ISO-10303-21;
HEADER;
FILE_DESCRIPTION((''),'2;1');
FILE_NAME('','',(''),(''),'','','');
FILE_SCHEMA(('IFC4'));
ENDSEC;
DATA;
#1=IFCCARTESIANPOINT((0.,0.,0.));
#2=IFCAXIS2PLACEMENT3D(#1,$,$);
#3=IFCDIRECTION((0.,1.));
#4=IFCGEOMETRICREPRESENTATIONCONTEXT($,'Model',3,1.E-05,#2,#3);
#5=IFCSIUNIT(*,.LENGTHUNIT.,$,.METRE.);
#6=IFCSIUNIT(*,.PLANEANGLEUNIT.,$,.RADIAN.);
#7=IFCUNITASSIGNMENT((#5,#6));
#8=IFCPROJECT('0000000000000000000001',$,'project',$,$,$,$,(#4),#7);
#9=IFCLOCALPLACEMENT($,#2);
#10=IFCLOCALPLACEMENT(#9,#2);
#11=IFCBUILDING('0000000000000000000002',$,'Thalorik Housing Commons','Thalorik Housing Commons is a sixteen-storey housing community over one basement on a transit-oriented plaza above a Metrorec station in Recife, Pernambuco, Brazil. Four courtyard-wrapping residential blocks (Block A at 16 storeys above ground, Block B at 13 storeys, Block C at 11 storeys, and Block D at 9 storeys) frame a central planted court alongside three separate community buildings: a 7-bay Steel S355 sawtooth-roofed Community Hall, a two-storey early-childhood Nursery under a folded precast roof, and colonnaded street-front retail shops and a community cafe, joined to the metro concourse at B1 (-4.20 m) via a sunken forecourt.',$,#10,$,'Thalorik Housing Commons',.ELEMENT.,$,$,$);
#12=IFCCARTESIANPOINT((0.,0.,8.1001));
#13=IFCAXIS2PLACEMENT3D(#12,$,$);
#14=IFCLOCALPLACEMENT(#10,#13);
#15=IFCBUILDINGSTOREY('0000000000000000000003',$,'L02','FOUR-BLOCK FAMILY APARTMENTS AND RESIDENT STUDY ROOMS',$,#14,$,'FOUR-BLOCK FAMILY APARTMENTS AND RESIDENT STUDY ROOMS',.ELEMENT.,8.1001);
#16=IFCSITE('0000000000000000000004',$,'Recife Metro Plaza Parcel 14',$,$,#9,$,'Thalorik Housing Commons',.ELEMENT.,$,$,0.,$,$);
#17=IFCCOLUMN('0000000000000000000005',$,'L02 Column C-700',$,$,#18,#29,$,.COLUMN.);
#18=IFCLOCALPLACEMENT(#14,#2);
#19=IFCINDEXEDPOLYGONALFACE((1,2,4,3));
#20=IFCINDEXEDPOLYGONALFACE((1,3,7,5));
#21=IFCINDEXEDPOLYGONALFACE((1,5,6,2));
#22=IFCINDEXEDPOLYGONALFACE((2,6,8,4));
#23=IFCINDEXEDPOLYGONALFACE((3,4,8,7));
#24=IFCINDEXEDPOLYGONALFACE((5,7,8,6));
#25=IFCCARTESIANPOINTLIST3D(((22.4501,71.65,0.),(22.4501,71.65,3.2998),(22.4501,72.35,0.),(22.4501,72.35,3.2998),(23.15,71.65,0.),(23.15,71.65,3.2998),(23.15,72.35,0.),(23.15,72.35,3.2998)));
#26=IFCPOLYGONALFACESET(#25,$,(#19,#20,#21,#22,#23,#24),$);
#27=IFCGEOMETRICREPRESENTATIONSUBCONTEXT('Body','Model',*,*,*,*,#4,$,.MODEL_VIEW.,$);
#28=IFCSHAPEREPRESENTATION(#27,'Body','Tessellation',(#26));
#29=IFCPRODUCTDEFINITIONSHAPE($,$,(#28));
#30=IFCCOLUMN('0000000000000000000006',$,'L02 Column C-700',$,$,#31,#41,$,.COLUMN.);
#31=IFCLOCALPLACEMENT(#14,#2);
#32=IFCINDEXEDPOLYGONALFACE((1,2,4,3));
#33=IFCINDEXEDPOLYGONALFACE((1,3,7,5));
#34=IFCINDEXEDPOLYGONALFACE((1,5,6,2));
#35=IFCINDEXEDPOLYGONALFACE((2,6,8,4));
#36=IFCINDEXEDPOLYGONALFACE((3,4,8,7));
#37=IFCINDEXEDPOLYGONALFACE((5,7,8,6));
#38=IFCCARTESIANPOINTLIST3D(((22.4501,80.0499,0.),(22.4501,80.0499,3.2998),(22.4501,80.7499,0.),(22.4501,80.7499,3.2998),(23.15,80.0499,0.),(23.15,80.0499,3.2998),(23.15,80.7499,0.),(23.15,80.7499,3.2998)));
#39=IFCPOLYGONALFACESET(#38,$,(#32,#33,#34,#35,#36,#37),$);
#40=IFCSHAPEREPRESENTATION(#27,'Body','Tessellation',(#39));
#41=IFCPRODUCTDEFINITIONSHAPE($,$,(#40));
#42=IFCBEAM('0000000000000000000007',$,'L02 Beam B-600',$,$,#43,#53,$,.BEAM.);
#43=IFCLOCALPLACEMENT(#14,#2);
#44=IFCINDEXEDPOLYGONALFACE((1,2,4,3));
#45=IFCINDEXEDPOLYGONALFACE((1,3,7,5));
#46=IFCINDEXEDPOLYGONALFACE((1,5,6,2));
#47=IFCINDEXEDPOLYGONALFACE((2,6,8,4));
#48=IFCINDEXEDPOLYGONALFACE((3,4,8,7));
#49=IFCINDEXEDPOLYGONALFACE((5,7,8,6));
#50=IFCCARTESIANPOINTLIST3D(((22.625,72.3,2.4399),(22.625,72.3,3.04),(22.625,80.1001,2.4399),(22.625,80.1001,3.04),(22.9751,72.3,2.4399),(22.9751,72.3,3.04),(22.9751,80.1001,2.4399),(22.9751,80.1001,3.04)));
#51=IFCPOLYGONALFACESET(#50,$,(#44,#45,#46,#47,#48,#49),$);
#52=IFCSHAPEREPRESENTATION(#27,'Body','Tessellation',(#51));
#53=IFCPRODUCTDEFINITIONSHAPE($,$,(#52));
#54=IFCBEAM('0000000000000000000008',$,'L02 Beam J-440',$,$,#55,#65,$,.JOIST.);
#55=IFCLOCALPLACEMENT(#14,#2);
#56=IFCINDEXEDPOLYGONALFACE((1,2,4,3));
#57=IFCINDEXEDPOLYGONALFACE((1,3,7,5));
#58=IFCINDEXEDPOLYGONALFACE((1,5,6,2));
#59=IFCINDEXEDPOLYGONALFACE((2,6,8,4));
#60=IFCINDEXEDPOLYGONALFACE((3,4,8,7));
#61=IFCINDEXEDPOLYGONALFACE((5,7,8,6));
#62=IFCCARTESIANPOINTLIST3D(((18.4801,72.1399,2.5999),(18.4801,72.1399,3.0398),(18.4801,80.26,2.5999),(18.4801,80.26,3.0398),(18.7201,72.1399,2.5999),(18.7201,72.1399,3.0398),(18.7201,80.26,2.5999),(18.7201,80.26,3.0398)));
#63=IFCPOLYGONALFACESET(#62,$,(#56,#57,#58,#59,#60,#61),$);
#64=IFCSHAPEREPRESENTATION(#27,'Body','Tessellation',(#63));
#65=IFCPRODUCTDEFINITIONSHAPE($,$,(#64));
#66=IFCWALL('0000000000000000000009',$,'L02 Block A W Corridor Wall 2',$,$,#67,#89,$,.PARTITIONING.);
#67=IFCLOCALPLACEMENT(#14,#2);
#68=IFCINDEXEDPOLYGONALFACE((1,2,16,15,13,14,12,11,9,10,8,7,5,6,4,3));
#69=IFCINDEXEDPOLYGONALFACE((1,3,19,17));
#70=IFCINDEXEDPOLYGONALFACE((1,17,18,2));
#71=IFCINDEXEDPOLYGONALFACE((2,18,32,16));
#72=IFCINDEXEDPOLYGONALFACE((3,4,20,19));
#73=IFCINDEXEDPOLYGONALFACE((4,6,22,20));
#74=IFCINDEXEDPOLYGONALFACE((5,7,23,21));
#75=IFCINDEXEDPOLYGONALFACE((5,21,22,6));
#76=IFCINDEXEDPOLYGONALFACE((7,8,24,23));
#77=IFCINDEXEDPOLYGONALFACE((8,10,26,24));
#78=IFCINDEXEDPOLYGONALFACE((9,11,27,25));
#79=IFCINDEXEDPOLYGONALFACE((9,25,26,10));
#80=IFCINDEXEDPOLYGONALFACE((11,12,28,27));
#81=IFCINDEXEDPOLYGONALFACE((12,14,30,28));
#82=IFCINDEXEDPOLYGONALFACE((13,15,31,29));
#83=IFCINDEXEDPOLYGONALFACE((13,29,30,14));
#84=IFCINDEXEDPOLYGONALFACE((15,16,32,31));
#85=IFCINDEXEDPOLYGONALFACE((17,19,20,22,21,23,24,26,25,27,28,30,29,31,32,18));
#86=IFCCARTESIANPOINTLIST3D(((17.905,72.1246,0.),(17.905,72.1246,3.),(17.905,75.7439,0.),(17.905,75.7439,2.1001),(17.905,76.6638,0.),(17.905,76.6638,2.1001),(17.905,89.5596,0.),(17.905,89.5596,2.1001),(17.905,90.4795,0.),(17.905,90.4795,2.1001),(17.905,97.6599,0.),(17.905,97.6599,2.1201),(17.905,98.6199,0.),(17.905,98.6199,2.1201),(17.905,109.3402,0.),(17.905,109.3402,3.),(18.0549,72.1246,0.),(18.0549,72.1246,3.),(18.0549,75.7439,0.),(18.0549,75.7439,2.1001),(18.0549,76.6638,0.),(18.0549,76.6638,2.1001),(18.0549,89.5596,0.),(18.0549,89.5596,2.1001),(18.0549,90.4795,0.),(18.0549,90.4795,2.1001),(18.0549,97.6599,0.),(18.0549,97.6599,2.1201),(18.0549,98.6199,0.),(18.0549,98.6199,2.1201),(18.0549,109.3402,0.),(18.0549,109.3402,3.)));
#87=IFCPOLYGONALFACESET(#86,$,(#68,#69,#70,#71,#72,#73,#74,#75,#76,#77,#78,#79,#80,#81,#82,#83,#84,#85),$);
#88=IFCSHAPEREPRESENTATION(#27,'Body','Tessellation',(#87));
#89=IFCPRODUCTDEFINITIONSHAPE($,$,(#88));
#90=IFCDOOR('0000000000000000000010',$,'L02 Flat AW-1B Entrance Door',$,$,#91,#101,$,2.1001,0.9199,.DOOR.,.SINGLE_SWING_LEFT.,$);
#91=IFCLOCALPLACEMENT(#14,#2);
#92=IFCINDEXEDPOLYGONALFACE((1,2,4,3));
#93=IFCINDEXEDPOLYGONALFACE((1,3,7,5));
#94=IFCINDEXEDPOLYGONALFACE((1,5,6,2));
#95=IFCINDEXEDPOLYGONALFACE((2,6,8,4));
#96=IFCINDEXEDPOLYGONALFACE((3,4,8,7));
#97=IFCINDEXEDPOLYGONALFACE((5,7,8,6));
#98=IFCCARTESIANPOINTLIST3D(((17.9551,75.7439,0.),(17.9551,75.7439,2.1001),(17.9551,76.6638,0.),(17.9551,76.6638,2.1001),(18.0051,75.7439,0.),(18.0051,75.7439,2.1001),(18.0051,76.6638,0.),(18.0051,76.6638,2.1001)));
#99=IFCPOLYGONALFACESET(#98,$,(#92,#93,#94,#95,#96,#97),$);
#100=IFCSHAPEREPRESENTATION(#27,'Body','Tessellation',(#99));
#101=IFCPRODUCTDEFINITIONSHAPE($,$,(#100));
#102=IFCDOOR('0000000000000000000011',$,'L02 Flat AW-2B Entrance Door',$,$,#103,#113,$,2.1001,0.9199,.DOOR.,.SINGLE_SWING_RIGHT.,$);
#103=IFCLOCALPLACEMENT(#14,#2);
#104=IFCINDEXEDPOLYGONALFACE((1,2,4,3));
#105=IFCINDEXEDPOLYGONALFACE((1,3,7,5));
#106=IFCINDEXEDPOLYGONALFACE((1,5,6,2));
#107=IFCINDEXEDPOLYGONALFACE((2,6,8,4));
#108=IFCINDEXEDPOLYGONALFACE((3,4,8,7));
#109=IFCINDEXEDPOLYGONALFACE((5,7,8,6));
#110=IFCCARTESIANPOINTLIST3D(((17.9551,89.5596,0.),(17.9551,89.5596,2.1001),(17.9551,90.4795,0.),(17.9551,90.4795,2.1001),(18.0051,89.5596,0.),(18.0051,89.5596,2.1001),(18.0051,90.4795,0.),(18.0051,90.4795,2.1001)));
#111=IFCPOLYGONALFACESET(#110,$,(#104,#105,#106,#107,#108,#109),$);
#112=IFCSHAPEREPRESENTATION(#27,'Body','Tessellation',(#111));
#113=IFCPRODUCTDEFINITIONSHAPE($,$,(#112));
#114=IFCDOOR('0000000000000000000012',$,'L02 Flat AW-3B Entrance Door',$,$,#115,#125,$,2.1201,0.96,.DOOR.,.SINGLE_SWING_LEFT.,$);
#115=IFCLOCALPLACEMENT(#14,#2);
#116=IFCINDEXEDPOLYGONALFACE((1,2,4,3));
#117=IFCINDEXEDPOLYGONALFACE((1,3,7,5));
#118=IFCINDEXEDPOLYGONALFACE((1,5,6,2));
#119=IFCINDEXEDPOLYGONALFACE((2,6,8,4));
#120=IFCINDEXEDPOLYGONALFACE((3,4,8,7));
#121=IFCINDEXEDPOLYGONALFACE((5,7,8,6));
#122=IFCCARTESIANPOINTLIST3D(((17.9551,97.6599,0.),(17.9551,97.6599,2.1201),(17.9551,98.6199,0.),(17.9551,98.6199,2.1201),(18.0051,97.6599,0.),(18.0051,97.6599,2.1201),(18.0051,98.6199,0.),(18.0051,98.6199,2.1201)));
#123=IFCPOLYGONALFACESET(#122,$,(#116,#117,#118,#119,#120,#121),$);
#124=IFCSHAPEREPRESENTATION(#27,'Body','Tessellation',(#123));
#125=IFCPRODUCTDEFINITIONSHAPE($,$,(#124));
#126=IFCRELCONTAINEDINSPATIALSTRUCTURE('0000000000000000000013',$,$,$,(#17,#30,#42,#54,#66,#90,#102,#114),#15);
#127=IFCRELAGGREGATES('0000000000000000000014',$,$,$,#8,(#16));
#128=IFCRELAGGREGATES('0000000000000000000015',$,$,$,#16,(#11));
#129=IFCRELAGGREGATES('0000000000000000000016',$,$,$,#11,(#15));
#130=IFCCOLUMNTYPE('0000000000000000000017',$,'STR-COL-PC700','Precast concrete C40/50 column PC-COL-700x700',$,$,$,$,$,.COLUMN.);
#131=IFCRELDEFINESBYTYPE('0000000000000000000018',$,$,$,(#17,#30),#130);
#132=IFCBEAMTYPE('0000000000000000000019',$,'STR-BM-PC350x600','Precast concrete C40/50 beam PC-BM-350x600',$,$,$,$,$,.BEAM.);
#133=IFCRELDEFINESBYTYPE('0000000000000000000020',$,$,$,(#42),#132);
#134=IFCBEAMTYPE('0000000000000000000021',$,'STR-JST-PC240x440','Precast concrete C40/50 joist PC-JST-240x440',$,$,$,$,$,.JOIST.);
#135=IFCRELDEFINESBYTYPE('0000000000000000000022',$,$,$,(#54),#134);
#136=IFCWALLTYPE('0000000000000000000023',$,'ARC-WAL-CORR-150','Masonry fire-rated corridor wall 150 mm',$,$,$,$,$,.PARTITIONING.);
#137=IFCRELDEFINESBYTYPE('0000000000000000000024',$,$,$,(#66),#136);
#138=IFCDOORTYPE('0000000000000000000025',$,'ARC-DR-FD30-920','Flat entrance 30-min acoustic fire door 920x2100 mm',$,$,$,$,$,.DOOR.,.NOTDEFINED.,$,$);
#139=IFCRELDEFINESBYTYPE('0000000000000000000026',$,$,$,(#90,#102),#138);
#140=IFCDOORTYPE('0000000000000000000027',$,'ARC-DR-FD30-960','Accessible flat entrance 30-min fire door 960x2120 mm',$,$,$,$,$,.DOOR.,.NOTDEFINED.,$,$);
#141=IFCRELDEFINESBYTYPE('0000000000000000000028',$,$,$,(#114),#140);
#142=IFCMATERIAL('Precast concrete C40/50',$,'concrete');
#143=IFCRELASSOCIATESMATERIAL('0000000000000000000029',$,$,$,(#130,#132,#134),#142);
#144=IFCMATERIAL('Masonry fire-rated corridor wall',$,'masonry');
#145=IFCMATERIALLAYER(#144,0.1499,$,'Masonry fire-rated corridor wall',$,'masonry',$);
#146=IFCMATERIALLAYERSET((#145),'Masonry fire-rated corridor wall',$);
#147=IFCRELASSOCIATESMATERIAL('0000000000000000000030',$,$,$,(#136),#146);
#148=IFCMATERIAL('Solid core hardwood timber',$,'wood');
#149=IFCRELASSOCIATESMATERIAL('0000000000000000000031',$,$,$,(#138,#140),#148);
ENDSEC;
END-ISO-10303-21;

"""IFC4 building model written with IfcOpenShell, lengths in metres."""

from ifc_helpers import new_model, si_unit, direction, frame, frame_2d, origin, origin_2d, place, context, subcontext, project, spatial, rectangle, extrude, material, layer, layer_set, material_profile, profile_set, type_object, element, fill, save


model = new_model("IFC4")

# Units and contexts
model_context = context("Model", 3, precision=1e-05, world=origin(), true_north=direction((0.0, 1.0)))
body_context = subcontext(model_context, "Body", "Model", "MODEL_VIEW")
ifc_project = project(units=[si_unit("LENGTHUNIT", "METRE"), si_unit("PLANEANGLEUNIT", "RADIAN")], contexts=[model_context])

# Site, building, storey
site_placement = place(None, origin())
site = spatial("IfcSite", under=ifc_project, at=site_placement, Name="Recife Metro Plaza Parcel 14", LongName="Thalorik Housing Commons", CompositionType="ELEMENT", RefElevation=0.0)
building_placement = place(site_placement, origin())
building = spatial("IfcBuilding", under=site, at=building_placement, Name="Thalorik Housing Commons", Description="Thalorik Housing Commons is a sixteen-storey housing community over one basement on a transit-oriented plaza above a Metrorec station in Recife, Pernambuco, Brazil. Four courtyard-wrapping residential blocks (Block A at 16 storeys above ground, Block B at 13 storeys, Block C at 11 storeys, and Block D at 9 storeys) frame a central planted court alongside three separate community buildings: a 7-bay Steel S355 sawtooth-roofed Community Hall, a two-storey early-childhood Nursery under a folded precast roof, and colonnaded street-front retail shops and a community cafe, joined to the metro concourse at B1 (-4.20 m) via a sunken forecourt.", LongName="Thalorik Housing Commons", CompositionType="ELEMENT")
storey_placement = place(building_placement, frame((0.0, 0.0, 8.1001)))
storey = spatial("IfcBuildingStorey", under=building, at=storey_placement, Name="L02", Description="FOUR-BLOCK FAMILY APARTMENTS AND RESIDENT STUDY ROOMS", LongName="FOUR-BLOCK FAMILY APARTMENTS AND RESIDENT STUDY ROOMS", CompositionType="ELEMENT", Elevation=8.1001)

# Columns
ifc_material_1 = material(Name="Precast concrete C40/50", Category="concrete")
ifc_material_profile_1 = material_profile(ifc_material_1, rectangle(XDim=0.7, YDim=0.7, at=origin_2d()), Name="PC 700x700", Category="concrete")
ifc_profile_set_1 = profile_set([ifc_material_profile_1], Name="Precast concrete C40/50")
column_type = type_object("IfcColumnType", Name="STR-COL-PC700", Description="Precast concrete C40/50 column PC-COL-700x700", PredefinedType="COLUMN", material=ifc_profile_set_1)
for number, where, z_axis, x_axis, name in (
    (1, (22.8, 72.0, 0.0), (0.0, 0.0, 1.0), (1.0, 0.0, 0.0), "L02 Column C-700"),
    (2, (22.8, 80.3999, 0.0), (0.0, 0.0, 1.0), (1.0, 0.0, 0.0), "L02 Column C-700"),
):
    element("IfcColumn", number, at=place(storey_placement, frame(where, z_axis=z_axis, x_axis=x_axis)), inside=storey, type_object=column_type, Name=name, PredefinedType="COLUMN", context=body_context, shape_type="SweptSolid", body=[
        extrude(rectangle(XDim=0.7, YDim=0.7, at=origin_2d()), origin(), (0.0, 0.0, 1.0), 3.2998),
    ])

# Beams
ifc_material_profile_2 = material_profile(ifc_material_1, rectangle(XDim=0.3501, YDim=0.6001, at=origin_2d()), Name="PC 350x600", Category="concrete")
ifc_profile_set_2 = profile_set([ifc_material_profile_2], Name="Precast concrete C40/50")
beam_type_1 = type_object("IfcBeamType", Name="STR-BM-PC350x600", Description="Precast concrete C40/50 beam PC-BM-350x600", PredefinedType="BEAM", material=ifc_profile_set_2)
beam_1_placement = place(storey_placement, frame((22.8, 72.3, 2.74), z_axis=(0.0, 1.0, 0.0), x_axis=(-1.0, 0.0, 0.0)))
element("IfcBeam", 3, at=beam_1_placement, inside=storey, type_object=beam_type_1, Name="L02 Beam B-600", PredefinedType="BEAM", context=body_context, shape_type="SweptSolid", body=[
    extrude(rectangle(XDim=0.3501, YDim=0.6001, at=origin_2d()), origin(), (0.0, 0.0, 1.0), 7.8),
])
ifc_material_profile_3 = material_profile(ifc_material_1, rectangle(XDim=0.24, YDim=0.4399, at=origin_2d()), Name="PC JST 240x440", Category="concrete")
ifc_profile_set_3 = profile_set([ifc_material_profile_3], Name="Precast concrete C40/50")
beam_type_2 = type_object("IfcBeamType", Name="STR-JST-PC240x440", Description="Precast concrete C40/50 joist PC-JST-240x440", PredefinedType="JOIST", material=ifc_profile_set_3)
beam_2_placement = place(storey_placement, frame((18.6001, 72.1399, 2.8198), z_axis=(0.0, 1.0, 0.0), x_axis=(-1.0, 0.0, 0.0)))
element("IfcBeam", 4, at=beam_2_placement, inside=storey, type_object=beam_type_2, Name="L02 Beam J-440", PredefinedType="JOIST", context=body_context, shape_type="SweptSolid", body=[
    extrude(rectangle(XDim=0.24, YDim=0.4399, at=origin_2d()), origin(), (0.0, 0.0, 1.0), 8.1201),
])

# Wall, openings, doors
ifc_material_2 = material(Name="Masonry fire-rated corridor wall", Category="masonry")
ifc_layer_1 = layer(ifc_material_2, 0.1499, Name="Masonry fire-rated corridor wall", Category="masonry")
ifc_layer_set_1 = layer_set([ifc_layer_1], Name="Masonry fire-rated corridor wall")
wall_type_1 = type_object("IfcWallType", Name="ARC-WAL-CORR-150", Description="Masonry fire-rated corridor wall 150 mm", PredefinedType="PARTITIONING", material=ifc_layer_set_1)
wall_1_placement = place(storey_placement, frame((17.98, 72.1245, 0.0), z_axis=(0.0, 0.0, 1.0), x_axis=(0.0, 1.0, 0.0)))
wall_1 = element("IfcWall", 5, at=wall_1_placement, inside=storey, type_object=wall_type_1, Name="L02 Block A W Corridor Wall 2", PredefinedType="PARTITIONING", context=body_context, shape_type="SweptSolid", body=[
    extrude(rectangle(XDim=37.2156, YDim=0.1499, at=frame_2d((18.6079, 0.0))), origin(), (0.0, 0.0, 1.0), 3.0),
])
opening_1_placement = place(wall_1_placement, frame((3.6194, 0.0, 0.0)))
opening_1 = element("IfcOpeningElement", 6, at=opening_1_placement, cuts=wall_1, PredefinedType="OPENING", context=body_context, shape_type="SweptSolid", body=[
    extrude(rectangle(XDim=0.9199, YDim=2.1001, at=frame_2d((0.46, 1.05))), frame((0.0, 0.085, 0.0), z_axis=(0.0, -1.0, 0.0), x_axis=(1.0, 0.0, 0.0)), (0.0, 0.0, 1.0), 0.1699),
])
opening_2_placement = place(wall_1_placement, frame((17.4351, 0.0, 0.0)))
opening_2 = element("IfcOpeningElement", 7, at=opening_2_placement, cuts=wall_1, PredefinedType="OPENING", context=body_context, shape_type="SweptSolid", body=[
    extrude(rectangle(XDim=0.9199, YDim=2.1001, at=frame_2d((0.46, 1.05))), frame((0.0, 0.085, 0.0), z_axis=(0.0, -1.0, 0.0), x_axis=(1.0, 0.0, 0.0)), (0.0, 0.0, 1.0), 0.1699),
])
opening_3_placement = place(wall_1_placement, frame((25.5354, 0.0, 0.0)))
opening_3 = element("IfcOpeningElement", 8, at=opening_3_placement, cuts=wall_1, PredefinedType="OPENING", context=body_context, shape_type="SweptSolid", body=[
    extrude(rectangle(XDim=0.96, YDim=2.1201, at=frame_2d((0.48, 1.0601))), frame((0.0, 0.085, 0.0), z_axis=(0.0, -1.0, 0.0), x_axis=(1.0, 0.0, 0.0)), (0.0, 0.0, 1.0), 0.1699),
])
ifc_material_3 = material(Name="Solid core hardwood timber", Category="wood")
door_type_1 = type_object("IfcDoorType", Name="ARC-DR-FD30-920", Description="Flat entrance 30-min acoustic fire door 920x2100 mm", OperationType="NOTDEFINED", PredefinedType="DOOR", material=ifc_material_3)
door_1_placement = place(opening_1_placement, origin())
door_1 = element("IfcDoor", 9, at=door_1_placement, inside=storey, type_object=door_type_1, Name="L02 Flat AW-1B Entrance Door", OperationType="SINGLE_SWING_LEFT", OverallHeight=2.1001, OverallWidth=0.9199, PredefinedType="DOOR", context=body_context, shape_type="SweptSolid", body=[
    extrude(rectangle(XDim=0.9199, YDim=2.1001, at=frame_2d((0.46, 1.05))), frame((0.0, 0.0249, 0.0), z_axis=(0.0, -1.0, 0.0), x_axis=(1.0, 0.0, 0.0)), (0.0, 0.0, 1.0), 0.05),
])
fill(opening_1, door_1)
door_2_placement = place(opening_2_placement, origin())
door_2 = element("IfcDoor", 10, at=door_2_placement, inside=storey, type_object=door_type_1, Name="L02 Flat AW-2B Entrance Door", OperationType="SINGLE_SWING_RIGHT", OverallHeight=2.1001, OverallWidth=0.9199, PredefinedType="DOOR", context=body_context, shape_type="SweptSolid", body=[
    extrude(rectangle(XDim=0.9199, YDim=2.1001, at=frame_2d((0.46, 1.05))), frame((0.0, 0.0249, 0.0), z_axis=(0.0, -1.0, 0.0), x_axis=(1.0, 0.0, 0.0)), (0.0, 0.0, 1.0), 0.05),
])
fill(opening_2, door_2)
door_type_2 = type_object("IfcDoorType", Name="ARC-DR-FD30-960", Description="Accessible flat entrance 30-min fire door 960x2120 mm", OperationType="NOTDEFINED", PredefinedType="DOOR", material=ifc_material_3)
door_3_placement = place(opening_3_placement, origin())
door_3 = element("IfcDoor", 11, at=door_3_placement, inside=storey, type_object=door_type_2, Name="L02 Flat AW-3B Entrance Door", OperationType="SINGLE_SWING_LEFT", OverallHeight=2.1201, OverallWidth=0.96, PredefinedType="DOOR", context=body_context, shape_type="SweptSolid", body=[
    extrude(rectangle(XDim=0.96, YDim=2.1201, at=frame_2d((0.48, 1.0601))), frame((0.0, 0.0249, 0.0), z_axis=(0.0, -1.0, 0.0), x_axis=(1.0, 0.0, 0.0)), (0.0, 0.0, 1.0), 0.05),
])
fill(opening_3, door_3)

save(model, "model.ifc")
